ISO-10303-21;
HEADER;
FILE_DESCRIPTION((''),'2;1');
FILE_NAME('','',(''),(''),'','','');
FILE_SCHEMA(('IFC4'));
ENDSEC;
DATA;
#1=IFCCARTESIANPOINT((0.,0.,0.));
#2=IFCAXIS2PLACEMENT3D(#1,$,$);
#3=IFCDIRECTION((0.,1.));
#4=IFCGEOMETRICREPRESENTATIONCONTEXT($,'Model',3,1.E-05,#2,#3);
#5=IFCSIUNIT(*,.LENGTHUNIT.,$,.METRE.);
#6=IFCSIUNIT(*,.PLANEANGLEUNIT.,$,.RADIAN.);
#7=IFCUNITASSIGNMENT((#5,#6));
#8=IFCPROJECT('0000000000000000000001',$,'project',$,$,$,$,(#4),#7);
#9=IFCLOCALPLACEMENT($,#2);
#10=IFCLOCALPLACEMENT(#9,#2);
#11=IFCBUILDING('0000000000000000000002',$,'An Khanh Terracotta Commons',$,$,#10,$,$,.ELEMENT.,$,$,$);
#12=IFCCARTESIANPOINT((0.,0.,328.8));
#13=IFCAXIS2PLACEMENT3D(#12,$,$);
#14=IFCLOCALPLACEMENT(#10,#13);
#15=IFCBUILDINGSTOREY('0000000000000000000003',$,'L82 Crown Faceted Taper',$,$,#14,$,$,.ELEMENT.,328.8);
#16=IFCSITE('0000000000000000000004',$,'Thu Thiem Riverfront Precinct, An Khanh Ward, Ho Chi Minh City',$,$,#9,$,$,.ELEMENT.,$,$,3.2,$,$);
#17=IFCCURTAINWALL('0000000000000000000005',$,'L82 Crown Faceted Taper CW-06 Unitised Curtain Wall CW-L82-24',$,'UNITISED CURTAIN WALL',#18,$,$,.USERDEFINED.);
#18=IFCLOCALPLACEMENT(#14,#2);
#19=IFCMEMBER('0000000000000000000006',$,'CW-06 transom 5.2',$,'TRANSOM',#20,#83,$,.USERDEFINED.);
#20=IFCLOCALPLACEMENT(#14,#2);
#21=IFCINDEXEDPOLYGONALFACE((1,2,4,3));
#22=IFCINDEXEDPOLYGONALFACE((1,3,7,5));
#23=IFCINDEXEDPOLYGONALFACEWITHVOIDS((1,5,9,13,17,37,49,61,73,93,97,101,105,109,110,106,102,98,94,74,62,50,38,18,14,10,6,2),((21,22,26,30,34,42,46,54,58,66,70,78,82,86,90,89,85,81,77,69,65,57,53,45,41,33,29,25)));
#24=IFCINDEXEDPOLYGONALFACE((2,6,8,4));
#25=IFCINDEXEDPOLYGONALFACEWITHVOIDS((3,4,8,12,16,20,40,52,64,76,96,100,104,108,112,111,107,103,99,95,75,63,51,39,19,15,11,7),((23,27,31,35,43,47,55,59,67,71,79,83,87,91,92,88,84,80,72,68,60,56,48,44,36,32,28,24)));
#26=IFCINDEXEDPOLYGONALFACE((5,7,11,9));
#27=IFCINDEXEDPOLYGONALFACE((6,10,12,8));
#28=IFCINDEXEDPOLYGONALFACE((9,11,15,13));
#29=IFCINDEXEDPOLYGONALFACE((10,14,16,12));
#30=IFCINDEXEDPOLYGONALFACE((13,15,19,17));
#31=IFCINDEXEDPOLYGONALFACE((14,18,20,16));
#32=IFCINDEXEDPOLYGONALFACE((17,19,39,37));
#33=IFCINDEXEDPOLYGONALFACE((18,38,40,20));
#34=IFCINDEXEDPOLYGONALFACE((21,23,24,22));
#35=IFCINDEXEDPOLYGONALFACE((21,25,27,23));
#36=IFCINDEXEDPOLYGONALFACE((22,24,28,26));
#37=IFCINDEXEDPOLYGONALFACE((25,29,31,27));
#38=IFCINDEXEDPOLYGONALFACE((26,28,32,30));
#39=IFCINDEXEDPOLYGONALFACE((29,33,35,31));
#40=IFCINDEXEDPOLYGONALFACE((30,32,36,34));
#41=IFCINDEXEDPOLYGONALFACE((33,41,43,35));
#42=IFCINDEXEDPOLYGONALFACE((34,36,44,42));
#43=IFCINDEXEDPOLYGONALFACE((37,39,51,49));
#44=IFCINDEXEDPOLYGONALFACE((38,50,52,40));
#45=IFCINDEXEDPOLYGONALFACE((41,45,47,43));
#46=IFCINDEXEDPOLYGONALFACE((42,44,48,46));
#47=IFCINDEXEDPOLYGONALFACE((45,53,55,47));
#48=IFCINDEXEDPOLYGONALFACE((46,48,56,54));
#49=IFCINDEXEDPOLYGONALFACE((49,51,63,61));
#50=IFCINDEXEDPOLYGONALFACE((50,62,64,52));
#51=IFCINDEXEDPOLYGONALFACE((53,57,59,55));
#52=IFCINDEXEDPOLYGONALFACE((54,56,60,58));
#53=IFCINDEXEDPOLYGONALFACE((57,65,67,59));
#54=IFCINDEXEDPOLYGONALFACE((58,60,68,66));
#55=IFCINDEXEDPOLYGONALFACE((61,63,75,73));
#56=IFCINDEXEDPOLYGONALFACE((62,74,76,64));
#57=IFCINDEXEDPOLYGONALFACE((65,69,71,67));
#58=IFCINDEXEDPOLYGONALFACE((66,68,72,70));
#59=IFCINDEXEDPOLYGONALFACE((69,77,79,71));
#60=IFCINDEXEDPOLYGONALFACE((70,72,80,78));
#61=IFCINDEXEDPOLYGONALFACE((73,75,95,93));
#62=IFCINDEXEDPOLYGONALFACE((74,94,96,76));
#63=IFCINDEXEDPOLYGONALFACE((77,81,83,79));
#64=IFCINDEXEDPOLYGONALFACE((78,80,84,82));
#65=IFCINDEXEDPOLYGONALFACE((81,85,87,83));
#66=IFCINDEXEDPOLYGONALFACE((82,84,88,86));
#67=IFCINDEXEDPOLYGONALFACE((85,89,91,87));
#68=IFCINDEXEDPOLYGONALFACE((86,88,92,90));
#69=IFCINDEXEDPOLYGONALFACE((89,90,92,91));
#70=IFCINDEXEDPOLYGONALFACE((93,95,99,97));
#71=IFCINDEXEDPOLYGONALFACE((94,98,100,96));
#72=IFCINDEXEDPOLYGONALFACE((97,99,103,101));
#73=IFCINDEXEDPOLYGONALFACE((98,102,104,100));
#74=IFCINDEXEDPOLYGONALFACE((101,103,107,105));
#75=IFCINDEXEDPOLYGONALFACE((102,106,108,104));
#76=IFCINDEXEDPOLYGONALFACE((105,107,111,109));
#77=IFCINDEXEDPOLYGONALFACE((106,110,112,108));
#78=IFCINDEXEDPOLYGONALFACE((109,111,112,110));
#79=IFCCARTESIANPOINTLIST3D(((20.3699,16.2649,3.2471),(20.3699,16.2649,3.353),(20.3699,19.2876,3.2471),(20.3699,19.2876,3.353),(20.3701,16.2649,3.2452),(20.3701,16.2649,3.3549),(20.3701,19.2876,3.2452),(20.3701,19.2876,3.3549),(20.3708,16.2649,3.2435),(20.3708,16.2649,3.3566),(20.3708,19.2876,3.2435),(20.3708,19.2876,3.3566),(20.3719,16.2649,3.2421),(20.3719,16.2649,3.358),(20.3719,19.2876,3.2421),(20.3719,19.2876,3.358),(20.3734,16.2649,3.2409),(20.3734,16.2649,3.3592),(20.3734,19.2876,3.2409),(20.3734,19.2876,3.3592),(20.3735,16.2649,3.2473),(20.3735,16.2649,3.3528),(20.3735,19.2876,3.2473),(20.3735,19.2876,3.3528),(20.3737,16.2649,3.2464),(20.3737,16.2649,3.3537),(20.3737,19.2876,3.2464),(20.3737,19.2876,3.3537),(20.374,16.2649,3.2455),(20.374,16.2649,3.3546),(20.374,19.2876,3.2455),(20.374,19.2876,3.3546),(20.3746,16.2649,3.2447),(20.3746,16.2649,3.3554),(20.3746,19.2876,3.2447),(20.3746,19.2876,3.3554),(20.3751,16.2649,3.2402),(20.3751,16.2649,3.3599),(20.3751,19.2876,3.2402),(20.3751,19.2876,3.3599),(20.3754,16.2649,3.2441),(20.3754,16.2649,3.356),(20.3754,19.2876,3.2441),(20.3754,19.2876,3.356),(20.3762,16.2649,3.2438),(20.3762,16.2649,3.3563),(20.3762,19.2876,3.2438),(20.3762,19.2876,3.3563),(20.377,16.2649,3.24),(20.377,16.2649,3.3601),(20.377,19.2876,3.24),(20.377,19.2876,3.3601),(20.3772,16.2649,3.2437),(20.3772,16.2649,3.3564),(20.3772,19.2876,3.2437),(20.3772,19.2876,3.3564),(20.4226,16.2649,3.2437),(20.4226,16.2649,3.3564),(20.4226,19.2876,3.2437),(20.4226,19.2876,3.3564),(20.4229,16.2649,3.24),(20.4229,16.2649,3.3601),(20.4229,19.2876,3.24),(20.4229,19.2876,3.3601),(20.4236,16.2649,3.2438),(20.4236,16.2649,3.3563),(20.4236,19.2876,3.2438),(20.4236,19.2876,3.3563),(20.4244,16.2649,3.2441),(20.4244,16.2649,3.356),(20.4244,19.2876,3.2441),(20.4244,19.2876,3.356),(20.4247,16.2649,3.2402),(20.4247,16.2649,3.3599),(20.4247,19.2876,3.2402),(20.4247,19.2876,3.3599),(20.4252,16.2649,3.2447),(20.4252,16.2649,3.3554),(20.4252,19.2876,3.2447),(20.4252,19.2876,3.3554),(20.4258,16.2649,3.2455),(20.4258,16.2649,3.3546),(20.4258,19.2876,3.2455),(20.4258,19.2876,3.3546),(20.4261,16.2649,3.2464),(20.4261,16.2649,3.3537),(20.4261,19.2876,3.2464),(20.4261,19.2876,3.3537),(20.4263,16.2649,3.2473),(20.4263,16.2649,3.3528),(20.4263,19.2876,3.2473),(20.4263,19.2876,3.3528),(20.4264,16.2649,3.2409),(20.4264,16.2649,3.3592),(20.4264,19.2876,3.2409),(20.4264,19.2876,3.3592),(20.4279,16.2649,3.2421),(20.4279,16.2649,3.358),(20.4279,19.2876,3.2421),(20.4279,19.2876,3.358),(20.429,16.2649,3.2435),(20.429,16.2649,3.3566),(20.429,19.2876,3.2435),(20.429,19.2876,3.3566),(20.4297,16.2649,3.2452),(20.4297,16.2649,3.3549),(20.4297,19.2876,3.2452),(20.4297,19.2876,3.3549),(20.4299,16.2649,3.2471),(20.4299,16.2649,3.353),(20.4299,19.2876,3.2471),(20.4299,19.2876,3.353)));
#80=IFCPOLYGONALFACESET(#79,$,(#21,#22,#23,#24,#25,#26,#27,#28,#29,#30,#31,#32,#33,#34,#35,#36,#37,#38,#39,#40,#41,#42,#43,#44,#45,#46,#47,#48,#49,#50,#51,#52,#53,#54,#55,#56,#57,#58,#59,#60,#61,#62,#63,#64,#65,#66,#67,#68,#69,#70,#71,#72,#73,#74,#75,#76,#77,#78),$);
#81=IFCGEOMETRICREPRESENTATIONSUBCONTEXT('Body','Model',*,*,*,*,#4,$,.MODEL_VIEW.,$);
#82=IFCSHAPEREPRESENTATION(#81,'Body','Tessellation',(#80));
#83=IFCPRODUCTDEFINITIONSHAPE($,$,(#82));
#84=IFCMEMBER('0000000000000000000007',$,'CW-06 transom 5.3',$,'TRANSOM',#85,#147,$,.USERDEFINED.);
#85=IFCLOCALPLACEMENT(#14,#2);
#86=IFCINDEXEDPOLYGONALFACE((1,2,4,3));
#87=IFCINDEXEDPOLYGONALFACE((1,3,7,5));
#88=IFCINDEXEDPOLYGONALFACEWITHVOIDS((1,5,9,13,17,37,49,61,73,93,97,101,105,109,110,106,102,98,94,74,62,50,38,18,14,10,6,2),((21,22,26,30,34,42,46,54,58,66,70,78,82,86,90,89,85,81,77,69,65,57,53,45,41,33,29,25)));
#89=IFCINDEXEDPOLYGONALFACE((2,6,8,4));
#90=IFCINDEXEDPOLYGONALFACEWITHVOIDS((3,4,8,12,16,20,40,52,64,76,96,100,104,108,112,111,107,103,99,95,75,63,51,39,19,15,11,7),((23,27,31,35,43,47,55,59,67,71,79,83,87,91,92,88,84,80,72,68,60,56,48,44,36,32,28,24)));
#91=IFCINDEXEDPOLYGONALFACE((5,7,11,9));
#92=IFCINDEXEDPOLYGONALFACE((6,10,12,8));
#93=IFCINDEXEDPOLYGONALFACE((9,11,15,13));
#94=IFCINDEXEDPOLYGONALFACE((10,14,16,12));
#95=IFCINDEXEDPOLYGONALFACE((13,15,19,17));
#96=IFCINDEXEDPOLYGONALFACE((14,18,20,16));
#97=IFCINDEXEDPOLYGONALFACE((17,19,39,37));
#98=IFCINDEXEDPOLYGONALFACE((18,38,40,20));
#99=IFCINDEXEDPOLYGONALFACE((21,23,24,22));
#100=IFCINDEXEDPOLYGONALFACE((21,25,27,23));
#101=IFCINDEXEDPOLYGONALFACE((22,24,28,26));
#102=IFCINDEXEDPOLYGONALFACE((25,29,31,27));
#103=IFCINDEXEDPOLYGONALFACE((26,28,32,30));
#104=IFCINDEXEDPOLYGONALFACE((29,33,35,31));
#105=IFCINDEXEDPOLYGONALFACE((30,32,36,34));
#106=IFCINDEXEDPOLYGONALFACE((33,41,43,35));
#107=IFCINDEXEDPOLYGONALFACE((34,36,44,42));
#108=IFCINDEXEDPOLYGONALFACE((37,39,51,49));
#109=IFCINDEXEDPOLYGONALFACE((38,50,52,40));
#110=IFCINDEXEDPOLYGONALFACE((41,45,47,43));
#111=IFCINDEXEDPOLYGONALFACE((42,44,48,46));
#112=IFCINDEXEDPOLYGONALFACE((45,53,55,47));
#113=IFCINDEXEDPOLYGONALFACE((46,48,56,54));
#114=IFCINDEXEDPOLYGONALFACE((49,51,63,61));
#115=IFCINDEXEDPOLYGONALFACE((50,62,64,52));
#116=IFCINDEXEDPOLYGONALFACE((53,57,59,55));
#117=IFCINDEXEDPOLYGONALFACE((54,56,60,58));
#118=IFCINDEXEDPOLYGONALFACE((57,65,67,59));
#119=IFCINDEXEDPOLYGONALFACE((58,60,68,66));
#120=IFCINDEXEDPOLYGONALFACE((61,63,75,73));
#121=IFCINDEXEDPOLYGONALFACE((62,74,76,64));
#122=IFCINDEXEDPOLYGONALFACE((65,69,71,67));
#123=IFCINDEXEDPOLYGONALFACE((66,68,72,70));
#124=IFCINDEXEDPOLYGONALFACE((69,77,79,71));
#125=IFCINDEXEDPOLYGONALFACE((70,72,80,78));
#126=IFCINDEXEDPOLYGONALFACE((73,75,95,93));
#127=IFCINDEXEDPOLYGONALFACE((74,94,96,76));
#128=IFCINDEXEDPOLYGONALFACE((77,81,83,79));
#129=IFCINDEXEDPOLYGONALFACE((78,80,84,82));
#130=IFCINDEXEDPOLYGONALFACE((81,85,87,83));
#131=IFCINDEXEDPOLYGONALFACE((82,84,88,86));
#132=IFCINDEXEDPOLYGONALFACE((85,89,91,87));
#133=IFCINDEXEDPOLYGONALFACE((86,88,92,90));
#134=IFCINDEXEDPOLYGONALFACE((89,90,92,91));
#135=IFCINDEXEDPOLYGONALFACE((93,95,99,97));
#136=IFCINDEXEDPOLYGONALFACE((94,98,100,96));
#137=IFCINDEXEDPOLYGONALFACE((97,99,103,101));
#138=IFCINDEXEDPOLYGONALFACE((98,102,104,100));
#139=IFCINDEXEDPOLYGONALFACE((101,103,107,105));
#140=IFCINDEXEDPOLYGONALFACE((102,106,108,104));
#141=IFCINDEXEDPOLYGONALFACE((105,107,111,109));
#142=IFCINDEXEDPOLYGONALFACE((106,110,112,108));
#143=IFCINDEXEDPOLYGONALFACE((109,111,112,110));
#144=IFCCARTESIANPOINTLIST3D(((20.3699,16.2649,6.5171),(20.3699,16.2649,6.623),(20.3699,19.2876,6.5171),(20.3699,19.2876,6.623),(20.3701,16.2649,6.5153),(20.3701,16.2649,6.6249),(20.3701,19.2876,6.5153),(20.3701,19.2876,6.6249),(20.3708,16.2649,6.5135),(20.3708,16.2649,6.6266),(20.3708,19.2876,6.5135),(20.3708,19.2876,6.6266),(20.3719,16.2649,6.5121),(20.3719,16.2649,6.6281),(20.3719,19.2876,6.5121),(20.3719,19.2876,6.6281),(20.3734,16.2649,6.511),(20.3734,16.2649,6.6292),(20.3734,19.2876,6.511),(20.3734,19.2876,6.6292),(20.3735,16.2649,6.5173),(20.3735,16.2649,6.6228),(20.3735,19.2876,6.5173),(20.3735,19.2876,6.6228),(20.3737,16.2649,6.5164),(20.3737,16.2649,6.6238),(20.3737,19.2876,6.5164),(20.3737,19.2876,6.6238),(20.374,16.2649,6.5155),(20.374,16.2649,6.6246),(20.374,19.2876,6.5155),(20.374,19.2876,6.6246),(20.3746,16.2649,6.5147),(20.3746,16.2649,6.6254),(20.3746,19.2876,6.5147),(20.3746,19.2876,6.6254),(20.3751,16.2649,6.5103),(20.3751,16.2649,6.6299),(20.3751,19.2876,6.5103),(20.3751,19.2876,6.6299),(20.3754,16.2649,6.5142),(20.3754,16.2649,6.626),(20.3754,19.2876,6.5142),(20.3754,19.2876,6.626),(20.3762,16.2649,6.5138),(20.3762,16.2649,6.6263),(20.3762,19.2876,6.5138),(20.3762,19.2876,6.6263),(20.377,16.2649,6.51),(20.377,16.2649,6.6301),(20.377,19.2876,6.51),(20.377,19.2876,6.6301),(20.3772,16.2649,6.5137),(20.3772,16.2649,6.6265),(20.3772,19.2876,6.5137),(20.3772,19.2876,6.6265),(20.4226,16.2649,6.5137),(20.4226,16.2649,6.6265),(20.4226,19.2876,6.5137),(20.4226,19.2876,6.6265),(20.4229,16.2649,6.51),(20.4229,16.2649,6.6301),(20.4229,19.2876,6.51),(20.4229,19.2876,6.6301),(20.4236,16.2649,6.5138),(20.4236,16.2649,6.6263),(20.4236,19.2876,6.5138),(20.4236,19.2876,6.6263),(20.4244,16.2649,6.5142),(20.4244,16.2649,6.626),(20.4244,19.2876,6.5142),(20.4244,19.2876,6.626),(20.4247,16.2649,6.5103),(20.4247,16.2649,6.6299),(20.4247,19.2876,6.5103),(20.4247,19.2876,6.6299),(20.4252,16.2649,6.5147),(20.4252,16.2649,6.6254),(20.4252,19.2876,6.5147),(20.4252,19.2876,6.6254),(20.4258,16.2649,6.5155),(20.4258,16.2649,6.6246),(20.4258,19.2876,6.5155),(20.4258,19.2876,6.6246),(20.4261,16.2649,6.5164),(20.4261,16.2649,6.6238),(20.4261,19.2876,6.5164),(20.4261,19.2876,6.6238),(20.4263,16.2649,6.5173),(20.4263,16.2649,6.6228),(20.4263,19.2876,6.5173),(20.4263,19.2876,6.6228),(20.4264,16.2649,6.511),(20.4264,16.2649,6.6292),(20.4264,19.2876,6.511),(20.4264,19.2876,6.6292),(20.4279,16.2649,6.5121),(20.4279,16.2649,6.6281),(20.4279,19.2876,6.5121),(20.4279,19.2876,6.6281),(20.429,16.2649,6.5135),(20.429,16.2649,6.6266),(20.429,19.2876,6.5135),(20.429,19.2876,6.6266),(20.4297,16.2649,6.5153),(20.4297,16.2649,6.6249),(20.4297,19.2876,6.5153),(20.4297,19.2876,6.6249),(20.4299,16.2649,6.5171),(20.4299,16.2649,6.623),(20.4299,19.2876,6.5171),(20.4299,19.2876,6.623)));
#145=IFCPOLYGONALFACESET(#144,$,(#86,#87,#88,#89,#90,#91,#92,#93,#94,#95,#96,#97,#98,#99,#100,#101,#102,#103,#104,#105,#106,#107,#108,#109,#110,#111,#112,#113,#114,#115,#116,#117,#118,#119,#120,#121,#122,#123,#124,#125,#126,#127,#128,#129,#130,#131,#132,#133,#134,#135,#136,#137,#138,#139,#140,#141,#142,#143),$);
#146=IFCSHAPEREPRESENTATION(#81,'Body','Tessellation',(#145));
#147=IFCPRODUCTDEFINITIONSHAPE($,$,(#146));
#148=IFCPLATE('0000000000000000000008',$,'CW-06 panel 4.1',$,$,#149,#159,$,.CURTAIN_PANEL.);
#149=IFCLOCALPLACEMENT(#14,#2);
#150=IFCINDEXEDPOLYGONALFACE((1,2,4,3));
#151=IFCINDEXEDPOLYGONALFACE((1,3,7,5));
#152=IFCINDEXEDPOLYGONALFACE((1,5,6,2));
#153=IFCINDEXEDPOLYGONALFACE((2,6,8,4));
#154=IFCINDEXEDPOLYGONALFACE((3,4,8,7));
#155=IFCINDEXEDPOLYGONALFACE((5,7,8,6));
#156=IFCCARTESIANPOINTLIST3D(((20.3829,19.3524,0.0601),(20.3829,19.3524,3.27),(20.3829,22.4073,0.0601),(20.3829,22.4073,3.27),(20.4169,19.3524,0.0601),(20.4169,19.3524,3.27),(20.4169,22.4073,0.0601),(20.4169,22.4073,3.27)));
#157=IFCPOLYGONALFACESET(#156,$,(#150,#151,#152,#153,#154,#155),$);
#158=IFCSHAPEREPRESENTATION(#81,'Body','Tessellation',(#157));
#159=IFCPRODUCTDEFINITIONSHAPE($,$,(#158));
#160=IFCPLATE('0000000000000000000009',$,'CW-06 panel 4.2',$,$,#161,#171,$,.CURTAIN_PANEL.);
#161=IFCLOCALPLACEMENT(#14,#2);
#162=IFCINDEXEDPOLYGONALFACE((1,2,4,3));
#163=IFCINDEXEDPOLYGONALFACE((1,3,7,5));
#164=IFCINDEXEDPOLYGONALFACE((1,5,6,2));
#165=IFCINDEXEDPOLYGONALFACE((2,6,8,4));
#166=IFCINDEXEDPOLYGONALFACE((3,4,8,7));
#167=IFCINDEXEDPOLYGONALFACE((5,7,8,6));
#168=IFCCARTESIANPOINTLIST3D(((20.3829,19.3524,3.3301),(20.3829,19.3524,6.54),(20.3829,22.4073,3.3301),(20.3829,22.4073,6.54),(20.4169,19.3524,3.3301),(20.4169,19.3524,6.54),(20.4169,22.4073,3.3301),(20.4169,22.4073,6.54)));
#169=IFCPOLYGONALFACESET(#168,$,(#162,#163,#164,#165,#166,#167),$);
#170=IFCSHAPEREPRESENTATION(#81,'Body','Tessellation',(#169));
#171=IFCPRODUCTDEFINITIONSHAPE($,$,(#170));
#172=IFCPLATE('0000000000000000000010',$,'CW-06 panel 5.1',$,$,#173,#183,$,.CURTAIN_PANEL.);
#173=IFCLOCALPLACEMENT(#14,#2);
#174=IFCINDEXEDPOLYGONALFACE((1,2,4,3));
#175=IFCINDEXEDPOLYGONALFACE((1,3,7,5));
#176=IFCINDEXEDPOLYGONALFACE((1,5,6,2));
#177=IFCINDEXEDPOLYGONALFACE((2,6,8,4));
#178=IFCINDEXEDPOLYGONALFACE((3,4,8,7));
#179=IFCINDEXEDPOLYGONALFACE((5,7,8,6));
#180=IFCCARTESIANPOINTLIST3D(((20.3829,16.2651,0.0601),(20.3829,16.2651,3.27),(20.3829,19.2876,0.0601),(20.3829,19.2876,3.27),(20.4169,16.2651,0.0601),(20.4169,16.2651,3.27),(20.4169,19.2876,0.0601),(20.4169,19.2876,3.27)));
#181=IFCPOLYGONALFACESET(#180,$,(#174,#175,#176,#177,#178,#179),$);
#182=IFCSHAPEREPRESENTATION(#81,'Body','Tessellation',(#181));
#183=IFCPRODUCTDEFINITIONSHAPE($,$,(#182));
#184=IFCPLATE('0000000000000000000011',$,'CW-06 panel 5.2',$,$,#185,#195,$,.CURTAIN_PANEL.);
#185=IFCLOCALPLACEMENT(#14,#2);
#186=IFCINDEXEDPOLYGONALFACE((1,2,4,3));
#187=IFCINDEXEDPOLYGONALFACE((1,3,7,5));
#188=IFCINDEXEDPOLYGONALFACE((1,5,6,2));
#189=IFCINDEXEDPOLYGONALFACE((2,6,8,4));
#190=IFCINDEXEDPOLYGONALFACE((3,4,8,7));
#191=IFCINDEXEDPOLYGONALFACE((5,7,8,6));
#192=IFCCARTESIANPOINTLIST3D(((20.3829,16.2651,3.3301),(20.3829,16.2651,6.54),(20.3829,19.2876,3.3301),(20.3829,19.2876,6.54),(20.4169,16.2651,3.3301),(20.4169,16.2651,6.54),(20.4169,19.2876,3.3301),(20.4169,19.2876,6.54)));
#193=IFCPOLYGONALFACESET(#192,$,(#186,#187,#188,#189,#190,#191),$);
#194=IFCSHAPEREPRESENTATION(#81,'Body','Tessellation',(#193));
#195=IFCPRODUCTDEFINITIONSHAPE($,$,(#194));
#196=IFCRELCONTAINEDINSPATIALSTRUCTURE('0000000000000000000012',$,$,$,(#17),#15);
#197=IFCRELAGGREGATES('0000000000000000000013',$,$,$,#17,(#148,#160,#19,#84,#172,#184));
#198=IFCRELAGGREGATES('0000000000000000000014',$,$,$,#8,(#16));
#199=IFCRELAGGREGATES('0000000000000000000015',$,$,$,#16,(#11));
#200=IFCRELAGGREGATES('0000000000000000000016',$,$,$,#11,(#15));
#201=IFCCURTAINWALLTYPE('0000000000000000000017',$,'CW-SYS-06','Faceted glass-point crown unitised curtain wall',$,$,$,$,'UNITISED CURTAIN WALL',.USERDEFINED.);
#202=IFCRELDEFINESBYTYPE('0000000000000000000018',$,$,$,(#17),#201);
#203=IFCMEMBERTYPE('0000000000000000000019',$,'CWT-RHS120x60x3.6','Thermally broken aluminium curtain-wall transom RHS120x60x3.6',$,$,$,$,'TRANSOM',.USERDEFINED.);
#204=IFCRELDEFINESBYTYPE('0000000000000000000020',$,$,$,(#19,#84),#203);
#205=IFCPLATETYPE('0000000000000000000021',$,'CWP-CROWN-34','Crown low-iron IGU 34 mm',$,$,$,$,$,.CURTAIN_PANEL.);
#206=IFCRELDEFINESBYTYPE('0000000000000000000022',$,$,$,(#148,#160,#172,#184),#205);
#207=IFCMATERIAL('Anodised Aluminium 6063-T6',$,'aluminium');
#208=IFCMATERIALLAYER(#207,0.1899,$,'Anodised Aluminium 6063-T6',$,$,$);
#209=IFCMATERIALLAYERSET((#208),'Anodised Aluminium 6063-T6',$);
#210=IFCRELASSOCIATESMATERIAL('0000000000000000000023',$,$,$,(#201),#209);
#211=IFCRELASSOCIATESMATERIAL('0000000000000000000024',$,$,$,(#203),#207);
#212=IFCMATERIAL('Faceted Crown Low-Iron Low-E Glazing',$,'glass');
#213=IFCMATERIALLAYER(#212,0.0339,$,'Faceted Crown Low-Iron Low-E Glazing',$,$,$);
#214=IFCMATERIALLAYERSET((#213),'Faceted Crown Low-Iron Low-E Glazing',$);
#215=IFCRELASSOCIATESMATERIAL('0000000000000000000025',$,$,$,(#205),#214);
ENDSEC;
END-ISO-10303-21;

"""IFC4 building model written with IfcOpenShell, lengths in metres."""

from ifc_helpers import new_model, si_unit, direction, frame, origin, origin_2d, place, context, subcontext, project, spatial, rectangle, hollow_rectangle, extrude, material, layer, layer_set, material_profile, profile_set, type_object, element, aggregate, save


model = new_model("IFC4")

# Units and contexts
model_context = context("Model", 3, precision=1e-05, world=origin(), true_north=direction((0.0, 1.0)))
body_context = subcontext(model_context, "Body", "Model", "MODEL_VIEW")
ifc_project = project(units=[si_unit("LENGTHUNIT", "METRE"), si_unit("PLANEANGLEUNIT", "RADIAN")], contexts=[model_context])

# Site, building, storey
site_placement = place(None, origin())
site = spatial("IfcSite", under=ifc_project, at=site_placement, Name="Thu Thiem Riverfront Precinct, An Khanh Ward, Ho Chi Minh City", CompositionType="ELEMENT", RefElevation=3.2)
building_placement = place(site_placement, origin())
building = spatial("IfcBuilding", under=site, at=building_placement, Name="An Khanh Terracotta Commons", CompositionType="ELEMENT")
storey_placement = place(building_placement, frame((0.0, 0.0, 328.8)))
storey = spatial("IfcBuildingStorey", under=building, at=storey_placement, Name="L82 Crown Faceted Taper", CompositionType="ELEMENT", Elevation=328.8)

# Shared definitions
ifc_material_1 = material(Name="Anodised Aluminium 6063-T6", Category="aluminium")
ifc_layer_1 = layer(ifc_material_1, 0.1899, Name="Anodised Aluminium 6063-T6")
ifc_layer_set_1 = layer_set([ifc_layer_1], Name="Anodised Aluminium 6063-T6")
curtain_wall_type = type_object("IfcCurtainWallType", Name="CW-SYS-06", Description="Faceted glass-point crown unitised curtain wall", ElementType="UNITISED CURTAIN WALL", PredefinedType="USERDEFINED", material=ifc_layer_set_1)

# Curtain wall
curtain_wall_1_placement = place(storey_placement, origin())
curtain_wall_1 = element("IfcCurtainWall", 1, at=curtain_wall_1_placement, inside=storey, type_object=curtain_wall_type, Name="L82 Crown Faceted Taper CW-06 Unitised Curtain Wall CW-L82-24", ObjectType="UNITISED CURTAIN WALL", PredefinedType="USERDEFINED")

# Members
ifc_material_profile_1 = material_profile(ifc_material_1, hollow_rectangle(XDim=0.0601, YDim=0.1201, WallThickness=0.0037, InnerFilletRadius=0.0037, OuterFilletRadius=0.0071, at=origin_2d()), Name="RHS120x60x3.6")
ifc_profile_set_1 = profile_set([ifc_material_profile_1], Name="Anodised Aluminium 6063-T6")
member_type_1 = type_object("IfcMemberType", Name="CWT-RHS120x60x3.6", Description="Thermally broken aluminium curtain-wall transom RHS120x60x3.6", ElementType="TRANSOM", PredefinedType="USERDEFINED", material=ifc_profile_set_1)
member_1_placement = place(storey_placement, frame((20.3999, 19.2876, 3.3), z_axis=(0.0, -1.0, 0.0), x_axis=(1.0, 0.0, 0.0)))
member_1 = element("IfcMember", 2, at=member_1_placement, type_object=member_type_1, Name="CW-06 transom 5.2", ObjectType="TRANSOM", PredefinedType="USERDEFINED", context=body_context, shape_type="SweptSolid", body=[
    extrude(hollow_rectangle(XDim=0.0601, YDim=0.1201, WallThickness=0.0037, InnerFilletRadius=0.0037, OuterFilletRadius=0.0071, at=origin_2d()), origin(), (0.0, 0.0, 1.0), 3.0227),
])
member_2_placement = place(storey_placement, frame((20.3999, 19.2876, 6.5701), z_axis=(0.0, -1.0, 0.0), x_axis=(1.0, 0.0, 0.0)))
member_2 = element("IfcMember", 3, at=member_2_placement, type_object=member_type_1, Name="CW-06 transom 5.3", ObjectType="TRANSOM", PredefinedType="USERDEFINED", context=body_context, shape_type="SweptSolid", body=[
    extrude(hollow_rectangle(XDim=0.0601, YDim=0.1201, WallThickness=0.0037, InnerFilletRadius=0.0037, OuterFilletRadius=0.0071, at=origin_2d()), origin(), (0.0, 0.0, 1.0), 3.0227),
])

# Plates
ifc_material_2 = material(Name="Faceted Crown Low-Iron Low-E Glazing", Category="glass")
ifc_layer_2 = layer(ifc_material_2, 0.0339, Name="Faceted Crown Low-Iron Low-E Glazing")
ifc_layer_set_2 = layer_set([ifc_layer_2], Name="Faceted Crown Low-Iron Low-E Glazing")
plate_type = type_object("IfcPlateType", Name="CWP-CROWN-34", Description="Crown low-iron IGU 34 mm", PredefinedType="CURTAIN_PANEL", material=ifc_layer_set_2)
plate_1_placement = place(storey_placement, frame((20.3999, 20.8799, 0.0601), z_axis=(0.0, 0.0, 1.0), x_axis=(0.0, -1.0, 0.0)))
plate_1 = element("IfcPlate", 4, at=plate_1_placement, type_object=plate_type, Name="CW-06 panel 4.1", PredefinedType="CURTAIN_PANEL", context=body_context, shape_type="SweptSolid", body=[
    extrude(rectangle(XDim=3.0549, YDim=0.0339, at=origin_2d()), origin(), (0.0, 0.0, 1.0), 3.21),
])
plate_2_placement = place(storey_placement, frame((20.3999, 20.8799, 3.3301), z_axis=(0.0, 0.0, 1.0), x_axis=(0.0, -1.0, 0.0)))
plate_2 = element("IfcPlate", 5, at=plate_2_placement, type_object=plate_type, Name="CW-06 panel 4.2", PredefinedType="CURTAIN_PANEL", context=body_context, shape_type="SweptSolid", body=[
    extrude(rectangle(XDim=3.0549, YDim=0.0339, at=origin_2d()), origin(), (0.0, 0.0, 1.0), 3.21),
])
plate_3_placement = place(storey_placement, frame((20.3999, 17.7764, 0.0601), z_axis=(0.0, 0.0, 1.0), x_axis=(0.0, -1.0, 0.0)))
plate_3 = element("IfcPlate", 6, at=plate_3_placement, type_object=plate_type, Name="CW-06 panel 5.1", PredefinedType="CURTAIN_PANEL", context=body_context, shape_type="SweptSolid", body=[
    extrude(rectangle(XDim=3.0225, YDim=0.0339, at=origin_2d()), origin(), (0.0, 0.0, 1.0), 3.21),
])
plate_4_placement = place(storey_placement, frame((20.3999, 17.7764, 3.3301), z_axis=(0.0, 0.0, 1.0), x_axis=(0.0, -1.0, 0.0)))
plate_4 = element("IfcPlate", 7, at=plate_4_placement, type_object=plate_type, Name="CW-06 panel 5.2", PredefinedType="CURTAIN_PANEL", context=body_context, shape_type="SweptSolid", body=[
    extrude(rectangle(XDim=3.0225, YDim=0.0339, at=origin_2d()), origin(), (0.0, 0.0, 1.0), 3.21),
])
aggregate(curtain_wall_1, [plate_1, plate_2, member_1, member_2, plate_3, plate_4])

save(model, "model.ifc")
